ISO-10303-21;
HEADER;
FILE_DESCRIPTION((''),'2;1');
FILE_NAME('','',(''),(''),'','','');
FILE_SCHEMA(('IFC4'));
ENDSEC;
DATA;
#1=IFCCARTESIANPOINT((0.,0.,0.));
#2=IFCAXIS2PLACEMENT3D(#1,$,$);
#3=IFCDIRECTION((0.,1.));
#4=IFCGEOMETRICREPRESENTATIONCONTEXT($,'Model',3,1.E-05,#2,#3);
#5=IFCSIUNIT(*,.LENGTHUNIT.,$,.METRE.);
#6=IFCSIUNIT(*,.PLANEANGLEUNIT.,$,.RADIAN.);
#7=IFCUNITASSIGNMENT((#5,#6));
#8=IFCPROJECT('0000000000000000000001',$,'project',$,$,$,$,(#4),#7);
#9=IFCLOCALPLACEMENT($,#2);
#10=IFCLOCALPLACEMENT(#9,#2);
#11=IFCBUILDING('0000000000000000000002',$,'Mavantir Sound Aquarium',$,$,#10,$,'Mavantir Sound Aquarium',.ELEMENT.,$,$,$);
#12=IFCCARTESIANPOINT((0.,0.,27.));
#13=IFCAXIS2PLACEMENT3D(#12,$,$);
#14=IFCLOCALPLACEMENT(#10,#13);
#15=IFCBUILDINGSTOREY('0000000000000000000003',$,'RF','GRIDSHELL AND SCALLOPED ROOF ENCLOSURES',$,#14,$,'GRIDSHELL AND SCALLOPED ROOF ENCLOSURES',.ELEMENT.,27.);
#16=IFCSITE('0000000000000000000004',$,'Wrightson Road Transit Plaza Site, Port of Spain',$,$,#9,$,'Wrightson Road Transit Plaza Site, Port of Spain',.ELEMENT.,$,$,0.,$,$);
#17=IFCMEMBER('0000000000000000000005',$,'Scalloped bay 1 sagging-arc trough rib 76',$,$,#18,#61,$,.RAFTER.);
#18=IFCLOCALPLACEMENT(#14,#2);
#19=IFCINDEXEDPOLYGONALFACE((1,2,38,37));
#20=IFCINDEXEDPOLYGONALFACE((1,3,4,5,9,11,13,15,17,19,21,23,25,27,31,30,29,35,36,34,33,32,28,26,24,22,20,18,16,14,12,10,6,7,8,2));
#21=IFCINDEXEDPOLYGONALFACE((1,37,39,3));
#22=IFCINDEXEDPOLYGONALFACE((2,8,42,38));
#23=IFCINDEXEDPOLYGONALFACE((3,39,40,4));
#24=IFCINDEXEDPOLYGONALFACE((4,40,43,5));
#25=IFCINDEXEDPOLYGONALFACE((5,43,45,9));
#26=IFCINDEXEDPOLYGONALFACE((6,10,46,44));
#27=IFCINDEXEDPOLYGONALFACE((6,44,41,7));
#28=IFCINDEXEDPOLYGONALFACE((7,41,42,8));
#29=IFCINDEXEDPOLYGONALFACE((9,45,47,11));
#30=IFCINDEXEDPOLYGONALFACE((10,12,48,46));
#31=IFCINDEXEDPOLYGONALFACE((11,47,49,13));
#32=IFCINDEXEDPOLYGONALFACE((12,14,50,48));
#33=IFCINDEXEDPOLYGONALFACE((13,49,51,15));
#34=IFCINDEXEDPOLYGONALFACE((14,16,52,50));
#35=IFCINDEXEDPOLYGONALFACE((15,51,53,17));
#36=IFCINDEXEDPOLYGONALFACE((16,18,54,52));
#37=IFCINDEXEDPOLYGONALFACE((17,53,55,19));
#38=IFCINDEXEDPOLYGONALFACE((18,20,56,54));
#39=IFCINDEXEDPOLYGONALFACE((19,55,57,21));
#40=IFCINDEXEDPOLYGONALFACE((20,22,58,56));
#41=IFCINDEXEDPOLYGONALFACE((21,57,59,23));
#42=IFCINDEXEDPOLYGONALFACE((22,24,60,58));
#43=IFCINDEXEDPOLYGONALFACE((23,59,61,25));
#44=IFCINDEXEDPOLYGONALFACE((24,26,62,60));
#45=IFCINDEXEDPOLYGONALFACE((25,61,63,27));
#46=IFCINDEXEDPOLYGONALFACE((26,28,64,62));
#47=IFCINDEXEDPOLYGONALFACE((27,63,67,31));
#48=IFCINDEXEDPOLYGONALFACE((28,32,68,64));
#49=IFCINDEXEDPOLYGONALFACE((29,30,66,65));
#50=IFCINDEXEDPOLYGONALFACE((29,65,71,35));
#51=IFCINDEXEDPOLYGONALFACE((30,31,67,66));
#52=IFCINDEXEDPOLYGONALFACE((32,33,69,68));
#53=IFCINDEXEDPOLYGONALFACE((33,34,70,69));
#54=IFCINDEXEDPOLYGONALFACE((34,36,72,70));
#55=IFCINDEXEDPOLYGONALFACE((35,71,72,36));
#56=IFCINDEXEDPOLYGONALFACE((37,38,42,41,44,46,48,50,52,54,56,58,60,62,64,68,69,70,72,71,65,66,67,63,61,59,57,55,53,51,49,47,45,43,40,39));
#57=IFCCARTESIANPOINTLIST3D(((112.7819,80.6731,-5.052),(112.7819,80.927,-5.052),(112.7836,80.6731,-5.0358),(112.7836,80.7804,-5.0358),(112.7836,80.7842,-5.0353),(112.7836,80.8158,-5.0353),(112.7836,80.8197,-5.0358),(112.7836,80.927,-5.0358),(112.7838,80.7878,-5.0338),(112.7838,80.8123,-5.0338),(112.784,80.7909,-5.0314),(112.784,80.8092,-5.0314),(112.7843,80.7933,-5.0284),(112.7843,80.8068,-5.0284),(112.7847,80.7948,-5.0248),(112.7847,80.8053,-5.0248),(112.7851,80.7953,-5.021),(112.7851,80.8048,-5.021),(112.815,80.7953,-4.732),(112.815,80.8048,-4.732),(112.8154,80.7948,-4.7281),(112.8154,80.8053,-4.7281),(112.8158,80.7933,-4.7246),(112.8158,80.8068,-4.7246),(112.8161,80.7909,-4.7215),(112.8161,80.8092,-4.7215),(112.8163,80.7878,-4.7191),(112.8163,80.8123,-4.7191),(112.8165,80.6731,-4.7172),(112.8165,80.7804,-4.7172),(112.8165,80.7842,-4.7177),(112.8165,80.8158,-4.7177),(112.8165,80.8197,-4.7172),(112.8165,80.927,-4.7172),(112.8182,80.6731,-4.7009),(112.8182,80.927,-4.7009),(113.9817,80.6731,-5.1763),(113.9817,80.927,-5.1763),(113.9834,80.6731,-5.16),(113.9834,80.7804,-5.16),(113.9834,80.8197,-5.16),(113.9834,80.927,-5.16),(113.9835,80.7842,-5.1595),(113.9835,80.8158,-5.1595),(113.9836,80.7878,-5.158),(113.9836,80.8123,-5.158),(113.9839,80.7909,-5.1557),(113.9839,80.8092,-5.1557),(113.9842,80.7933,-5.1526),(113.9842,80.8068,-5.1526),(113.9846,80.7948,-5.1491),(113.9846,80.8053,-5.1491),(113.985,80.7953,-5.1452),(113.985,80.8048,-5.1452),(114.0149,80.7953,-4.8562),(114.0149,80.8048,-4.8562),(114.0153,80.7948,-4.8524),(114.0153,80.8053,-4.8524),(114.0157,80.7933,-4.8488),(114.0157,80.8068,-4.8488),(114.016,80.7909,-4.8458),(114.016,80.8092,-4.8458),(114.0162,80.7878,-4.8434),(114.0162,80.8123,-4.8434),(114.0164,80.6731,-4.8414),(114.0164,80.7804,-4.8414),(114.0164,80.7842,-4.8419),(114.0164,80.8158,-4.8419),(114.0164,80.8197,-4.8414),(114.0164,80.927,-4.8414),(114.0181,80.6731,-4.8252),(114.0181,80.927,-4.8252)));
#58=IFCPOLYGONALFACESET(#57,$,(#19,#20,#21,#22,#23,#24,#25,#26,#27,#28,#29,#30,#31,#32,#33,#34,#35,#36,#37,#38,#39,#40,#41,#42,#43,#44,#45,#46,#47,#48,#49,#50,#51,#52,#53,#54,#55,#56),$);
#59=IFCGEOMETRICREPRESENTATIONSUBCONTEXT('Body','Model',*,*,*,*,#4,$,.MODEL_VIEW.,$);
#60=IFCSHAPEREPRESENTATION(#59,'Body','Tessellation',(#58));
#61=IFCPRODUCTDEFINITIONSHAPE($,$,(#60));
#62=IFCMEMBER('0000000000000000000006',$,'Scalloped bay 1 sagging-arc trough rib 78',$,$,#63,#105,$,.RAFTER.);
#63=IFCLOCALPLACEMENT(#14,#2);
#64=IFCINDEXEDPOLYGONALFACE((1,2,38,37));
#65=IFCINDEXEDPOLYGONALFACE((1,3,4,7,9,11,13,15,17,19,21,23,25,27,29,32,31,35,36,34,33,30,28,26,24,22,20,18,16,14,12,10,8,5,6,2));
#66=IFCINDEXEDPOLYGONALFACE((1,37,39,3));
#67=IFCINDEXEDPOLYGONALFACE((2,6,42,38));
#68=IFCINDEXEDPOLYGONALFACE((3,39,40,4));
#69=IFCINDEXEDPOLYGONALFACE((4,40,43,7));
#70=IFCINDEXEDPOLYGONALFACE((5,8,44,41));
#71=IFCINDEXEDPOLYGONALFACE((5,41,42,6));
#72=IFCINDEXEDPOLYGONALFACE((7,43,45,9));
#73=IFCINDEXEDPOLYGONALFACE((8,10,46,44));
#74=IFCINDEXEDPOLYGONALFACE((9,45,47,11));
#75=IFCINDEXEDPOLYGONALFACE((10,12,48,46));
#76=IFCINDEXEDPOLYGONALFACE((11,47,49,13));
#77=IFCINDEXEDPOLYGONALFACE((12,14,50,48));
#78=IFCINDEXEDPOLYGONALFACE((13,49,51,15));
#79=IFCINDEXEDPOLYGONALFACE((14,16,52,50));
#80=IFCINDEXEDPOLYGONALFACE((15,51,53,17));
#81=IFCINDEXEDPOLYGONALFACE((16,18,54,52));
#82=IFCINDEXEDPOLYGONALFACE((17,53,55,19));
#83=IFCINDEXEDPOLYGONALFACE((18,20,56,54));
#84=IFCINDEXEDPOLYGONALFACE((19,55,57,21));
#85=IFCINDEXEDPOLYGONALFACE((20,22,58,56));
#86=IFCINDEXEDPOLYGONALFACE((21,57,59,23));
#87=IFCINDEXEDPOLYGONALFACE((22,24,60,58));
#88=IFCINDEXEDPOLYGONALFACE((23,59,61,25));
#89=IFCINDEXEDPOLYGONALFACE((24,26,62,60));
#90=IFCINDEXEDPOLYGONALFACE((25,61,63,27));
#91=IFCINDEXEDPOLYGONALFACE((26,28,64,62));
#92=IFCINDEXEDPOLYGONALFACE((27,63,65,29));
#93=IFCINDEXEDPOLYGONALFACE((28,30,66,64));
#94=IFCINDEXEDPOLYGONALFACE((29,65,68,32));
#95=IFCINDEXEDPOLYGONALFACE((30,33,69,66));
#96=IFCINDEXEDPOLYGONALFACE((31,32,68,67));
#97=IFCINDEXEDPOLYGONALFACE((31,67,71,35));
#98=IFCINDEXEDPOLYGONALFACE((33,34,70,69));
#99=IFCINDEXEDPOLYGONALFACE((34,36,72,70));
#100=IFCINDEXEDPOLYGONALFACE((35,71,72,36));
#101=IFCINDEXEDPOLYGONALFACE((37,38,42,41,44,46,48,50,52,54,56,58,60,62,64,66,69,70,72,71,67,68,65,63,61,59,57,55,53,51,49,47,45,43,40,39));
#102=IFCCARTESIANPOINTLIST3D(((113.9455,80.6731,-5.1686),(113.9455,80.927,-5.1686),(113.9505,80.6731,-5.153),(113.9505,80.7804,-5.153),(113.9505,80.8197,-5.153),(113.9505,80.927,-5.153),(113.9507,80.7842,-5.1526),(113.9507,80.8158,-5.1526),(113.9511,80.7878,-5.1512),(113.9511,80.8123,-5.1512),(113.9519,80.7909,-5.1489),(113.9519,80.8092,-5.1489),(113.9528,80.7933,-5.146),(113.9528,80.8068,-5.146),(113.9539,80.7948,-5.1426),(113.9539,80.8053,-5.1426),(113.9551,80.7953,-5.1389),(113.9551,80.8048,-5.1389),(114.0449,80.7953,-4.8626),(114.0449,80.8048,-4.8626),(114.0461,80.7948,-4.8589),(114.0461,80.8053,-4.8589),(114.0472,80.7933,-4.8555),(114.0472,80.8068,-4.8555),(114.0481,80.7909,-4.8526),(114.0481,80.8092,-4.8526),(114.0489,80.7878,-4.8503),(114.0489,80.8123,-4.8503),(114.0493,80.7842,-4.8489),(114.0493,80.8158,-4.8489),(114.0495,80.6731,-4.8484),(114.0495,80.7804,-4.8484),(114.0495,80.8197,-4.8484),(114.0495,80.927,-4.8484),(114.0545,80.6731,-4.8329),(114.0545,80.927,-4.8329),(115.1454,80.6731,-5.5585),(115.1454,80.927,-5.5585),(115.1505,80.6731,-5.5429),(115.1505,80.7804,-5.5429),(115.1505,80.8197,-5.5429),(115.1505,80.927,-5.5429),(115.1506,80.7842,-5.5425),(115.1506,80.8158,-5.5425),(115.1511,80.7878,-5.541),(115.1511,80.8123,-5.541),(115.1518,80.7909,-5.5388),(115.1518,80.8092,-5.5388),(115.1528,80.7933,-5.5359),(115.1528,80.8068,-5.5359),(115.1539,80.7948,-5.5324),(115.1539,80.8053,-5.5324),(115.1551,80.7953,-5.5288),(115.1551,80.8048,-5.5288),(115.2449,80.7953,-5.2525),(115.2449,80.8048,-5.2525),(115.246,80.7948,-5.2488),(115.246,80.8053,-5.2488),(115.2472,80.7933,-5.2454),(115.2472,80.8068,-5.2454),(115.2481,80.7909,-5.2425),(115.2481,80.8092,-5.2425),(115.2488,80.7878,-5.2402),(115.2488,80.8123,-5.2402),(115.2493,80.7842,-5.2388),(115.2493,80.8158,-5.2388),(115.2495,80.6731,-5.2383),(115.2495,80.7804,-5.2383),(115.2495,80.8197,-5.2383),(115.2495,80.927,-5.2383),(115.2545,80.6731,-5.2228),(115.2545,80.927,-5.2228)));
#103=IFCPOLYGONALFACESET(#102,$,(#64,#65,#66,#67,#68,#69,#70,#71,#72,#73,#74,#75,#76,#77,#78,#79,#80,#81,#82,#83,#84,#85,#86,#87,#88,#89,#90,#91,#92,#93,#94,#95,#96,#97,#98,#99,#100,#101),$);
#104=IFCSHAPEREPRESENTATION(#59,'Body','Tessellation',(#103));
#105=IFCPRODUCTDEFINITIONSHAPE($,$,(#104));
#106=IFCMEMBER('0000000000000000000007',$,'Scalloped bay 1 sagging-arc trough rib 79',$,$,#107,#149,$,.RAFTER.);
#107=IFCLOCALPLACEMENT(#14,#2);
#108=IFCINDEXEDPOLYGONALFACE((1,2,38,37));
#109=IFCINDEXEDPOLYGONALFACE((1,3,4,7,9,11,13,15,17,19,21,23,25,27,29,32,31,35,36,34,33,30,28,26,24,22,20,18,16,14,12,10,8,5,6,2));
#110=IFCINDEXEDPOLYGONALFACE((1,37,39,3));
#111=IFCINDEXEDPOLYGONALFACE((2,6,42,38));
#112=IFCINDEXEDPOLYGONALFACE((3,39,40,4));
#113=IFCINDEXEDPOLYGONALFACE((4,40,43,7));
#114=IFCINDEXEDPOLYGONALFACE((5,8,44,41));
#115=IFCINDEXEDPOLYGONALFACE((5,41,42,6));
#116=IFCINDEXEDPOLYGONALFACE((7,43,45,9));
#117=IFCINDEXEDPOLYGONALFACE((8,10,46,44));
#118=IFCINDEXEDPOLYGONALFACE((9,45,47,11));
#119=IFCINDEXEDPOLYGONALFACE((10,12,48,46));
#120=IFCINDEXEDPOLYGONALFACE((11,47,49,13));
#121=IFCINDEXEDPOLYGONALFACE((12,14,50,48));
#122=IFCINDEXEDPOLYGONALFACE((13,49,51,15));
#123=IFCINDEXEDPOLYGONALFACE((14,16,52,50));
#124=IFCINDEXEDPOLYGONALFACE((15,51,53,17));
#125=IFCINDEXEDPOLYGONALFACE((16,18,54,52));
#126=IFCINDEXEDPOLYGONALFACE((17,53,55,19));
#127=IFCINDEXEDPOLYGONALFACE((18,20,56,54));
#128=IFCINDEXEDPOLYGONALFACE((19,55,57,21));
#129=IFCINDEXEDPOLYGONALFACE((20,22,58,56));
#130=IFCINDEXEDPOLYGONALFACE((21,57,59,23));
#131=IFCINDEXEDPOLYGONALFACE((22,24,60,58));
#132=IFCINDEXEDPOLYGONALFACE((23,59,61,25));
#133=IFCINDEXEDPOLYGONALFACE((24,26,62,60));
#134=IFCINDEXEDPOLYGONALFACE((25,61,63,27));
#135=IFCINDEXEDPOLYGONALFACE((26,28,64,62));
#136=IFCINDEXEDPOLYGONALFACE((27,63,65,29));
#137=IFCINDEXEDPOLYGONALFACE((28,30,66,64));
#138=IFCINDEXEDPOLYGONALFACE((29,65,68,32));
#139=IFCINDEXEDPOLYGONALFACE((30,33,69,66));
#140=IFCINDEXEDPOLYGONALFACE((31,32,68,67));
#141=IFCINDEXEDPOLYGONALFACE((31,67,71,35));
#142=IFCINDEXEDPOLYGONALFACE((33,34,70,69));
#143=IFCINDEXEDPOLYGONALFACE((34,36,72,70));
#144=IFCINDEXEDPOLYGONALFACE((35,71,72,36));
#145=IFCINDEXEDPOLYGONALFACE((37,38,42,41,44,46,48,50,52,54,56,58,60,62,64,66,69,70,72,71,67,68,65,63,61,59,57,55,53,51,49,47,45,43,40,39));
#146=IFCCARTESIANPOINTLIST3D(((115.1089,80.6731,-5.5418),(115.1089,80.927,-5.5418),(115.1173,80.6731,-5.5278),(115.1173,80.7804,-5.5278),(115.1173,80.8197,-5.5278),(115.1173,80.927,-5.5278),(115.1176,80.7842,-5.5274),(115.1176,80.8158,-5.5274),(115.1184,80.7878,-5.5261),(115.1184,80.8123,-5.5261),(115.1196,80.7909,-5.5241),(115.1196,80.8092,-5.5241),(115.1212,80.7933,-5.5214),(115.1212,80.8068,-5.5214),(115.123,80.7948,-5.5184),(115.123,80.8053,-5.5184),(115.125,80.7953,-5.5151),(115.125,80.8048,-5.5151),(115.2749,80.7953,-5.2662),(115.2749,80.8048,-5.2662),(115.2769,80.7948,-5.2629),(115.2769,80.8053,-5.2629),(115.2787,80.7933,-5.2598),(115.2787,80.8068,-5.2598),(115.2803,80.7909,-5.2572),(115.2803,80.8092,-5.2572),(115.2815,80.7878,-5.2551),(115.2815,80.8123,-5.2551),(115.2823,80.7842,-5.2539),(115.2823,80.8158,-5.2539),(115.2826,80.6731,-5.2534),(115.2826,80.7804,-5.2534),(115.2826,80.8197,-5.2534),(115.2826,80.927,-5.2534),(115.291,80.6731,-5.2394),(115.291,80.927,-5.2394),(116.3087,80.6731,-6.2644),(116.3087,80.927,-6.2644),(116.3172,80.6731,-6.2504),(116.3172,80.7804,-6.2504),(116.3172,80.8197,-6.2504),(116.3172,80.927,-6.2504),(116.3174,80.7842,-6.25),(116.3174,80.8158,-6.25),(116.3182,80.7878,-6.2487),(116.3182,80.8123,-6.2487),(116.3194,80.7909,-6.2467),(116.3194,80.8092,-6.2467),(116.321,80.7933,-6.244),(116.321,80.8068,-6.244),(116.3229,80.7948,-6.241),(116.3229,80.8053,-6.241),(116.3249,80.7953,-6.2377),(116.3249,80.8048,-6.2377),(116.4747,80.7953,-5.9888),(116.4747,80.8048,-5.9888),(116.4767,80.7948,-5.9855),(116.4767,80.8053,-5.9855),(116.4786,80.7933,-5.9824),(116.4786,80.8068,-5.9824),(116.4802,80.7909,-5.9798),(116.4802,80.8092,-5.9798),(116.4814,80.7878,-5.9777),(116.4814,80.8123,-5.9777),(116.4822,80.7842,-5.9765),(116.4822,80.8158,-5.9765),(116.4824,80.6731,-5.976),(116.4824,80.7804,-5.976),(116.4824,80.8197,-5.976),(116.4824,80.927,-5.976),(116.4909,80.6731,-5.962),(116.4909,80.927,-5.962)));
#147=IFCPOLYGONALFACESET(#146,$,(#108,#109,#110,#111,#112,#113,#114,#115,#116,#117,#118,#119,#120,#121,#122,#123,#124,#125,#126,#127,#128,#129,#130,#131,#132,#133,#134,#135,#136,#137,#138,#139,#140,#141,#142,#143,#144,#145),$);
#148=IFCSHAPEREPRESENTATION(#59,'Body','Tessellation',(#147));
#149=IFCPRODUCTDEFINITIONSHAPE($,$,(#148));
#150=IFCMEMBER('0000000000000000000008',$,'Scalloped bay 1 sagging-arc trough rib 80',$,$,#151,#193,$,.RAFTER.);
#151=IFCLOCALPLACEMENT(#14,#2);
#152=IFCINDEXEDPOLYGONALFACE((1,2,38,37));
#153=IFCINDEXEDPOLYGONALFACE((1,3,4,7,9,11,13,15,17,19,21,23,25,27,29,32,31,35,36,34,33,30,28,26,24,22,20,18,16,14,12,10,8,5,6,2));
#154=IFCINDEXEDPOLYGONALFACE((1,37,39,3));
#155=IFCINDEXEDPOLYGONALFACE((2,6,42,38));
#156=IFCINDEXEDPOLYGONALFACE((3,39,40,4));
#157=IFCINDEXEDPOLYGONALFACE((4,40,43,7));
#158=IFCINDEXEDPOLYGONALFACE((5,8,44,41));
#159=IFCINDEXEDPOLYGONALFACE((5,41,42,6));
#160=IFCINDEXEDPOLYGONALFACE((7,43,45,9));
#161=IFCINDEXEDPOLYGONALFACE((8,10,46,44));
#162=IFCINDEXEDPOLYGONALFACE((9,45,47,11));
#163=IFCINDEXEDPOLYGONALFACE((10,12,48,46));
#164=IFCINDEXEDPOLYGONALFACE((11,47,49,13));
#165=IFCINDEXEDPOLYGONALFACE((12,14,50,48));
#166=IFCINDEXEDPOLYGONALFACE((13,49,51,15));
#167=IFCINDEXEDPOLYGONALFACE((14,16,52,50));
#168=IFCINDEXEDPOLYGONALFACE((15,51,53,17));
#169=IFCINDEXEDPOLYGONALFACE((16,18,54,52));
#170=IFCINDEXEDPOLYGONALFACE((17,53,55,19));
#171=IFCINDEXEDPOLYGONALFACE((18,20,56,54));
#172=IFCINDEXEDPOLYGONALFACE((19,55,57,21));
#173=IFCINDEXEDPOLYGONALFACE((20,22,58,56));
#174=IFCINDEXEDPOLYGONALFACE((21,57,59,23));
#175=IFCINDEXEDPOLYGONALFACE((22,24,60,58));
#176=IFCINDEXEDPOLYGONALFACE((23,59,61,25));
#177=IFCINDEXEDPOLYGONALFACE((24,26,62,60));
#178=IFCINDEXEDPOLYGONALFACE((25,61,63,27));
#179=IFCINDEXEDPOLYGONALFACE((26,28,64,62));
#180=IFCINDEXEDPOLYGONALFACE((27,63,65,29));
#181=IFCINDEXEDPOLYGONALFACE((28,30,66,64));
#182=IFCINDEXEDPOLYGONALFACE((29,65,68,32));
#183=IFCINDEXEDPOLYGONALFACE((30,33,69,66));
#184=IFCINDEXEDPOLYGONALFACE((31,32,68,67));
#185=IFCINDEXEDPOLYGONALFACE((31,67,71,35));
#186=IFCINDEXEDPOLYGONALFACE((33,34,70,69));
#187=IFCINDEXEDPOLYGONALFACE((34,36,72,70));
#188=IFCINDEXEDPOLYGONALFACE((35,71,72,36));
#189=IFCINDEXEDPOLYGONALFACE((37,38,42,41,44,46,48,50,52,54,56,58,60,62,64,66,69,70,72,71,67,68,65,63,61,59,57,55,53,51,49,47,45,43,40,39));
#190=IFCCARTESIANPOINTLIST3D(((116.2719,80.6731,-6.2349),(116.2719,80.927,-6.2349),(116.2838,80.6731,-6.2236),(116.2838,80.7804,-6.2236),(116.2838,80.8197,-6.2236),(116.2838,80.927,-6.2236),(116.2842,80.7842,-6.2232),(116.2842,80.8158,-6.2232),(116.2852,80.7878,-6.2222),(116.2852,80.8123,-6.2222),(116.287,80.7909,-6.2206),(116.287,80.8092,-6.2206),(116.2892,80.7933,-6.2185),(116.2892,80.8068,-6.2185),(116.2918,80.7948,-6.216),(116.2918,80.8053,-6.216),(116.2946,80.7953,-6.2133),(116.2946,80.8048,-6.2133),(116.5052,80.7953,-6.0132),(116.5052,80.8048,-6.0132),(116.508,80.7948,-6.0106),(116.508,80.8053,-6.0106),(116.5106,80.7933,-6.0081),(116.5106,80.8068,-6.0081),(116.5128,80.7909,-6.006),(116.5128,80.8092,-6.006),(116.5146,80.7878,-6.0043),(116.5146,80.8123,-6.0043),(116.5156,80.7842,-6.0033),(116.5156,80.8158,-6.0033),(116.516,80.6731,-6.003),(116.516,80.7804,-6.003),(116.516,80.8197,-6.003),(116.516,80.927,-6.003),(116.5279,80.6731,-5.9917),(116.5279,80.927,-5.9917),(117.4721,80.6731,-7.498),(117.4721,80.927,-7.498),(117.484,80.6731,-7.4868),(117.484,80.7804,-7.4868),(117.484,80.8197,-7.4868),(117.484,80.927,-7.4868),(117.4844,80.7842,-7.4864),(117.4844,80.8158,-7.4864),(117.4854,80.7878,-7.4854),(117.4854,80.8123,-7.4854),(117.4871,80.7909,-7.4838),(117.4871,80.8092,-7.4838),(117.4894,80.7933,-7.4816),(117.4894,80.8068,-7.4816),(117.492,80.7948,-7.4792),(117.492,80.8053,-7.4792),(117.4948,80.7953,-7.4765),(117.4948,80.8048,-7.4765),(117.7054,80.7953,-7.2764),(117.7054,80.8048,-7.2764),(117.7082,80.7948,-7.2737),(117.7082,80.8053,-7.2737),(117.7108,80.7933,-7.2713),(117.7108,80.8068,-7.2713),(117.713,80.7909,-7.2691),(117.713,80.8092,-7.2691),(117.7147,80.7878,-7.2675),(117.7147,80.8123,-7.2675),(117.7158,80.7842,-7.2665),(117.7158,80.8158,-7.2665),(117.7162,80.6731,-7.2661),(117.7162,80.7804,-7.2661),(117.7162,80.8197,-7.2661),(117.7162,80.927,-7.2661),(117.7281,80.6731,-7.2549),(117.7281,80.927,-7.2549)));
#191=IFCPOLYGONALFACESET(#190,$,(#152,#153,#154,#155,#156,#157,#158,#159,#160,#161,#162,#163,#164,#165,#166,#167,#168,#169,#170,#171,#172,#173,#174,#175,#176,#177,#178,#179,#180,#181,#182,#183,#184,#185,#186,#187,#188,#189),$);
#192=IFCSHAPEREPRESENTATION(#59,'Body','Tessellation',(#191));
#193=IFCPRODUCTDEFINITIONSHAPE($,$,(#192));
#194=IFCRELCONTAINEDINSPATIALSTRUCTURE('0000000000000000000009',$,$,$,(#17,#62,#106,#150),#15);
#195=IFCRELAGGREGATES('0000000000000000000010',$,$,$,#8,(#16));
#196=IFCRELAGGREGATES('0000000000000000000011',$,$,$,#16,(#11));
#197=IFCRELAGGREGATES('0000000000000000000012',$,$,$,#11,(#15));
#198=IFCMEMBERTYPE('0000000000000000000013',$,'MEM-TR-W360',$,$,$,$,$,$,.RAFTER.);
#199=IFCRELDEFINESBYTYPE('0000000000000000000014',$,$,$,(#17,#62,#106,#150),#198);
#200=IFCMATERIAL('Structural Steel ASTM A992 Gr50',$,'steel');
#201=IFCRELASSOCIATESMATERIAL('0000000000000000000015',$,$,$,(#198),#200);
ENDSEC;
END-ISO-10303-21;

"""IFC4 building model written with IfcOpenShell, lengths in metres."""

from ifc_helpers import new_model, si_unit, direction, frame, origin, origin_2d, place, context, subcontext, project, spatial, i_section, extrude, material, material_profile, profile_set, type_object, element, save


model = new_model("IFC4")

# Units and contexts
model_context = context("Model", 3, precision=1e-05, world=origin(), true_north=direction((0.0, 1.0)))
body_context = subcontext(model_context, "Body", "Model", "MODEL_VIEW")
ifc_project = project(units=[si_unit("LENGTHUNIT", "METRE"), si_unit("PLANEANGLEUNIT", "RADIAN")], contexts=[model_context])

# Site, building, storey
site_placement = place(None, origin())
site = spatial("IfcSite", under=ifc_project, at=site_placement, Name="Wrightson Road Transit Plaza Site, Port of Spain", LongName="Wrightson Road Transit Plaza Site, Port of Spain", CompositionType="ELEMENT", RefElevation=0.0)
building_placement = place(site_placement, origin())
building = spatial("IfcBuilding", under=site, at=building_placement, Name="Mavantir Sound Aquarium", LongName="Mavantir Sound Aquarium", CompositionType="ELEMENT")
storey_placement = place(building_placement, frame((0.0, 0.0, 27.0)))
storey = spatial("IfcBuildingStorey", under=building, at=storey_placement, Name="RF", Description="GRIDSHELL AND SCALLOPED ROOF ENCLOSURES", LongName="GRIDSHELL AND SCALLOPED ROOF ENCLOSURES", CompositionType="ELEMENT", Elevation=27.0)

# Shared definitions
ifc_material_1 = material(Name="Structural Steel ASTM A992 Gr50", Category="steel")

# Members
ifc_material_profile_1 = material_profile(ifc_material_1, i_section(OverallWidth=0.2539, OverallDepth=0.353, WebThickness=0.0095, FlangeThickness=0.0164, FilletRadius=0.0149, at=origin_2d()), Name="W360X91")
ifc_profile_set_1 = profile_set([ifc_material_profile_1], Name="Structural Steel ASTM A992 Gr50")
member_type_1 = type_object("IfcMemberType", Name="MEM-TR-W360", PredefinedType="RAFTER", material=ifc_profile_set_1)
member_1_placement = place(storey_placement, frame((112.8, 80.8, -4.8765), z_axis=(0.99468, 0.0, -0.10301), x_axis=(0.0, 1.0, 0.0)))
element("IfcMember", 1, at=member_1_placement, inside=storey, type_object=member_type_1, Name="Scalloped bay 1 sagging-arc trough rib 76", PredefinedType="RAFTER", context=body_context, shape_type="SweptSolid", body=[
    extrude(i_section(OverallWidth=0.2539, OverallDepth=0.353, WebThickness=0.0095, FlangeThickness=0.0164, FilletRadius=0.0149, at=origin_2d()), origin(), (0.0, 0.0, 1.0), 1.2063),
])
member_2_placement = place(storey_placement, frame((114.0, 80.8, -5.0007), z_axis=(0.951055, 0.0, -0.30902), x_axis=(0.0, 1.0, 0.0)))
element("IfcMember", 2, at=member_2_placement, inside=storey, type_object=member_type_1, Name="Scalloped bay 1 sagging-arc trough rib 78", PredefinedType="RAFTER", context=body_context, shape_type="SweptSolid", body=[
    extrude(i_section(OverallWidth=0.2539, OverallDepth=0.353, WebThickness=0.0095, FlangeThickness=0.0164, FilletRadius=0.0149, at=origin_2d()), origin(), (0.0, 0.0, 1.0), 1.2617),
])
member_3_placement = place(storey_placement, frame((115.2, 80.8, -5.3906), z_axis=(0.856646, 0.0, -0.515905), x_axis=(0.0, 1.0, 0.0)))
element("IfcMember", 3, at=member_3_placement, inside=storey, type_object=member_type_1, Name="Scalloped bay 1 sagging-arc trough rib 79", PredefinedType="RAFTER", context=body_context, shape_type="SweptSolid", body=[
    extrude(i_section(OverallWidth=0.2539, OverallDepth=0.353, WebThickness=0.0095, FlangeThickness=0.0164, FilletRadius=0.0149, at=origin_2d()), origin(), (0.0, 0.0, 1.0), 1.4006),
])
member_4_placement = place(storey_placement, frame((116.3999, 80.8, -6.1133), z_axis=(0.688801, 0.0, -0.72495), x_axis=(0.0, 1.0, 0.0)))
element("IfcMember", 4, at=member_4_placement, inside=storey, type_object=member_type_1, Name="Scalloped bay 1 sagging-arc trough rib 80", PredefinedType="RAFTER", context=body_context, shape_type="SweptSolid", body=[
    extrude(i_section(OverallWidth=0.2539, OverallDepth=0.353, WebThickness=0.0095, FlangeThickness=0.0164, FilletRadius=0.0149, at=origin_2d()), origin(), (0.0, 0.0, 1.0), 1.7424),
])

save(model, "model.ifc")
